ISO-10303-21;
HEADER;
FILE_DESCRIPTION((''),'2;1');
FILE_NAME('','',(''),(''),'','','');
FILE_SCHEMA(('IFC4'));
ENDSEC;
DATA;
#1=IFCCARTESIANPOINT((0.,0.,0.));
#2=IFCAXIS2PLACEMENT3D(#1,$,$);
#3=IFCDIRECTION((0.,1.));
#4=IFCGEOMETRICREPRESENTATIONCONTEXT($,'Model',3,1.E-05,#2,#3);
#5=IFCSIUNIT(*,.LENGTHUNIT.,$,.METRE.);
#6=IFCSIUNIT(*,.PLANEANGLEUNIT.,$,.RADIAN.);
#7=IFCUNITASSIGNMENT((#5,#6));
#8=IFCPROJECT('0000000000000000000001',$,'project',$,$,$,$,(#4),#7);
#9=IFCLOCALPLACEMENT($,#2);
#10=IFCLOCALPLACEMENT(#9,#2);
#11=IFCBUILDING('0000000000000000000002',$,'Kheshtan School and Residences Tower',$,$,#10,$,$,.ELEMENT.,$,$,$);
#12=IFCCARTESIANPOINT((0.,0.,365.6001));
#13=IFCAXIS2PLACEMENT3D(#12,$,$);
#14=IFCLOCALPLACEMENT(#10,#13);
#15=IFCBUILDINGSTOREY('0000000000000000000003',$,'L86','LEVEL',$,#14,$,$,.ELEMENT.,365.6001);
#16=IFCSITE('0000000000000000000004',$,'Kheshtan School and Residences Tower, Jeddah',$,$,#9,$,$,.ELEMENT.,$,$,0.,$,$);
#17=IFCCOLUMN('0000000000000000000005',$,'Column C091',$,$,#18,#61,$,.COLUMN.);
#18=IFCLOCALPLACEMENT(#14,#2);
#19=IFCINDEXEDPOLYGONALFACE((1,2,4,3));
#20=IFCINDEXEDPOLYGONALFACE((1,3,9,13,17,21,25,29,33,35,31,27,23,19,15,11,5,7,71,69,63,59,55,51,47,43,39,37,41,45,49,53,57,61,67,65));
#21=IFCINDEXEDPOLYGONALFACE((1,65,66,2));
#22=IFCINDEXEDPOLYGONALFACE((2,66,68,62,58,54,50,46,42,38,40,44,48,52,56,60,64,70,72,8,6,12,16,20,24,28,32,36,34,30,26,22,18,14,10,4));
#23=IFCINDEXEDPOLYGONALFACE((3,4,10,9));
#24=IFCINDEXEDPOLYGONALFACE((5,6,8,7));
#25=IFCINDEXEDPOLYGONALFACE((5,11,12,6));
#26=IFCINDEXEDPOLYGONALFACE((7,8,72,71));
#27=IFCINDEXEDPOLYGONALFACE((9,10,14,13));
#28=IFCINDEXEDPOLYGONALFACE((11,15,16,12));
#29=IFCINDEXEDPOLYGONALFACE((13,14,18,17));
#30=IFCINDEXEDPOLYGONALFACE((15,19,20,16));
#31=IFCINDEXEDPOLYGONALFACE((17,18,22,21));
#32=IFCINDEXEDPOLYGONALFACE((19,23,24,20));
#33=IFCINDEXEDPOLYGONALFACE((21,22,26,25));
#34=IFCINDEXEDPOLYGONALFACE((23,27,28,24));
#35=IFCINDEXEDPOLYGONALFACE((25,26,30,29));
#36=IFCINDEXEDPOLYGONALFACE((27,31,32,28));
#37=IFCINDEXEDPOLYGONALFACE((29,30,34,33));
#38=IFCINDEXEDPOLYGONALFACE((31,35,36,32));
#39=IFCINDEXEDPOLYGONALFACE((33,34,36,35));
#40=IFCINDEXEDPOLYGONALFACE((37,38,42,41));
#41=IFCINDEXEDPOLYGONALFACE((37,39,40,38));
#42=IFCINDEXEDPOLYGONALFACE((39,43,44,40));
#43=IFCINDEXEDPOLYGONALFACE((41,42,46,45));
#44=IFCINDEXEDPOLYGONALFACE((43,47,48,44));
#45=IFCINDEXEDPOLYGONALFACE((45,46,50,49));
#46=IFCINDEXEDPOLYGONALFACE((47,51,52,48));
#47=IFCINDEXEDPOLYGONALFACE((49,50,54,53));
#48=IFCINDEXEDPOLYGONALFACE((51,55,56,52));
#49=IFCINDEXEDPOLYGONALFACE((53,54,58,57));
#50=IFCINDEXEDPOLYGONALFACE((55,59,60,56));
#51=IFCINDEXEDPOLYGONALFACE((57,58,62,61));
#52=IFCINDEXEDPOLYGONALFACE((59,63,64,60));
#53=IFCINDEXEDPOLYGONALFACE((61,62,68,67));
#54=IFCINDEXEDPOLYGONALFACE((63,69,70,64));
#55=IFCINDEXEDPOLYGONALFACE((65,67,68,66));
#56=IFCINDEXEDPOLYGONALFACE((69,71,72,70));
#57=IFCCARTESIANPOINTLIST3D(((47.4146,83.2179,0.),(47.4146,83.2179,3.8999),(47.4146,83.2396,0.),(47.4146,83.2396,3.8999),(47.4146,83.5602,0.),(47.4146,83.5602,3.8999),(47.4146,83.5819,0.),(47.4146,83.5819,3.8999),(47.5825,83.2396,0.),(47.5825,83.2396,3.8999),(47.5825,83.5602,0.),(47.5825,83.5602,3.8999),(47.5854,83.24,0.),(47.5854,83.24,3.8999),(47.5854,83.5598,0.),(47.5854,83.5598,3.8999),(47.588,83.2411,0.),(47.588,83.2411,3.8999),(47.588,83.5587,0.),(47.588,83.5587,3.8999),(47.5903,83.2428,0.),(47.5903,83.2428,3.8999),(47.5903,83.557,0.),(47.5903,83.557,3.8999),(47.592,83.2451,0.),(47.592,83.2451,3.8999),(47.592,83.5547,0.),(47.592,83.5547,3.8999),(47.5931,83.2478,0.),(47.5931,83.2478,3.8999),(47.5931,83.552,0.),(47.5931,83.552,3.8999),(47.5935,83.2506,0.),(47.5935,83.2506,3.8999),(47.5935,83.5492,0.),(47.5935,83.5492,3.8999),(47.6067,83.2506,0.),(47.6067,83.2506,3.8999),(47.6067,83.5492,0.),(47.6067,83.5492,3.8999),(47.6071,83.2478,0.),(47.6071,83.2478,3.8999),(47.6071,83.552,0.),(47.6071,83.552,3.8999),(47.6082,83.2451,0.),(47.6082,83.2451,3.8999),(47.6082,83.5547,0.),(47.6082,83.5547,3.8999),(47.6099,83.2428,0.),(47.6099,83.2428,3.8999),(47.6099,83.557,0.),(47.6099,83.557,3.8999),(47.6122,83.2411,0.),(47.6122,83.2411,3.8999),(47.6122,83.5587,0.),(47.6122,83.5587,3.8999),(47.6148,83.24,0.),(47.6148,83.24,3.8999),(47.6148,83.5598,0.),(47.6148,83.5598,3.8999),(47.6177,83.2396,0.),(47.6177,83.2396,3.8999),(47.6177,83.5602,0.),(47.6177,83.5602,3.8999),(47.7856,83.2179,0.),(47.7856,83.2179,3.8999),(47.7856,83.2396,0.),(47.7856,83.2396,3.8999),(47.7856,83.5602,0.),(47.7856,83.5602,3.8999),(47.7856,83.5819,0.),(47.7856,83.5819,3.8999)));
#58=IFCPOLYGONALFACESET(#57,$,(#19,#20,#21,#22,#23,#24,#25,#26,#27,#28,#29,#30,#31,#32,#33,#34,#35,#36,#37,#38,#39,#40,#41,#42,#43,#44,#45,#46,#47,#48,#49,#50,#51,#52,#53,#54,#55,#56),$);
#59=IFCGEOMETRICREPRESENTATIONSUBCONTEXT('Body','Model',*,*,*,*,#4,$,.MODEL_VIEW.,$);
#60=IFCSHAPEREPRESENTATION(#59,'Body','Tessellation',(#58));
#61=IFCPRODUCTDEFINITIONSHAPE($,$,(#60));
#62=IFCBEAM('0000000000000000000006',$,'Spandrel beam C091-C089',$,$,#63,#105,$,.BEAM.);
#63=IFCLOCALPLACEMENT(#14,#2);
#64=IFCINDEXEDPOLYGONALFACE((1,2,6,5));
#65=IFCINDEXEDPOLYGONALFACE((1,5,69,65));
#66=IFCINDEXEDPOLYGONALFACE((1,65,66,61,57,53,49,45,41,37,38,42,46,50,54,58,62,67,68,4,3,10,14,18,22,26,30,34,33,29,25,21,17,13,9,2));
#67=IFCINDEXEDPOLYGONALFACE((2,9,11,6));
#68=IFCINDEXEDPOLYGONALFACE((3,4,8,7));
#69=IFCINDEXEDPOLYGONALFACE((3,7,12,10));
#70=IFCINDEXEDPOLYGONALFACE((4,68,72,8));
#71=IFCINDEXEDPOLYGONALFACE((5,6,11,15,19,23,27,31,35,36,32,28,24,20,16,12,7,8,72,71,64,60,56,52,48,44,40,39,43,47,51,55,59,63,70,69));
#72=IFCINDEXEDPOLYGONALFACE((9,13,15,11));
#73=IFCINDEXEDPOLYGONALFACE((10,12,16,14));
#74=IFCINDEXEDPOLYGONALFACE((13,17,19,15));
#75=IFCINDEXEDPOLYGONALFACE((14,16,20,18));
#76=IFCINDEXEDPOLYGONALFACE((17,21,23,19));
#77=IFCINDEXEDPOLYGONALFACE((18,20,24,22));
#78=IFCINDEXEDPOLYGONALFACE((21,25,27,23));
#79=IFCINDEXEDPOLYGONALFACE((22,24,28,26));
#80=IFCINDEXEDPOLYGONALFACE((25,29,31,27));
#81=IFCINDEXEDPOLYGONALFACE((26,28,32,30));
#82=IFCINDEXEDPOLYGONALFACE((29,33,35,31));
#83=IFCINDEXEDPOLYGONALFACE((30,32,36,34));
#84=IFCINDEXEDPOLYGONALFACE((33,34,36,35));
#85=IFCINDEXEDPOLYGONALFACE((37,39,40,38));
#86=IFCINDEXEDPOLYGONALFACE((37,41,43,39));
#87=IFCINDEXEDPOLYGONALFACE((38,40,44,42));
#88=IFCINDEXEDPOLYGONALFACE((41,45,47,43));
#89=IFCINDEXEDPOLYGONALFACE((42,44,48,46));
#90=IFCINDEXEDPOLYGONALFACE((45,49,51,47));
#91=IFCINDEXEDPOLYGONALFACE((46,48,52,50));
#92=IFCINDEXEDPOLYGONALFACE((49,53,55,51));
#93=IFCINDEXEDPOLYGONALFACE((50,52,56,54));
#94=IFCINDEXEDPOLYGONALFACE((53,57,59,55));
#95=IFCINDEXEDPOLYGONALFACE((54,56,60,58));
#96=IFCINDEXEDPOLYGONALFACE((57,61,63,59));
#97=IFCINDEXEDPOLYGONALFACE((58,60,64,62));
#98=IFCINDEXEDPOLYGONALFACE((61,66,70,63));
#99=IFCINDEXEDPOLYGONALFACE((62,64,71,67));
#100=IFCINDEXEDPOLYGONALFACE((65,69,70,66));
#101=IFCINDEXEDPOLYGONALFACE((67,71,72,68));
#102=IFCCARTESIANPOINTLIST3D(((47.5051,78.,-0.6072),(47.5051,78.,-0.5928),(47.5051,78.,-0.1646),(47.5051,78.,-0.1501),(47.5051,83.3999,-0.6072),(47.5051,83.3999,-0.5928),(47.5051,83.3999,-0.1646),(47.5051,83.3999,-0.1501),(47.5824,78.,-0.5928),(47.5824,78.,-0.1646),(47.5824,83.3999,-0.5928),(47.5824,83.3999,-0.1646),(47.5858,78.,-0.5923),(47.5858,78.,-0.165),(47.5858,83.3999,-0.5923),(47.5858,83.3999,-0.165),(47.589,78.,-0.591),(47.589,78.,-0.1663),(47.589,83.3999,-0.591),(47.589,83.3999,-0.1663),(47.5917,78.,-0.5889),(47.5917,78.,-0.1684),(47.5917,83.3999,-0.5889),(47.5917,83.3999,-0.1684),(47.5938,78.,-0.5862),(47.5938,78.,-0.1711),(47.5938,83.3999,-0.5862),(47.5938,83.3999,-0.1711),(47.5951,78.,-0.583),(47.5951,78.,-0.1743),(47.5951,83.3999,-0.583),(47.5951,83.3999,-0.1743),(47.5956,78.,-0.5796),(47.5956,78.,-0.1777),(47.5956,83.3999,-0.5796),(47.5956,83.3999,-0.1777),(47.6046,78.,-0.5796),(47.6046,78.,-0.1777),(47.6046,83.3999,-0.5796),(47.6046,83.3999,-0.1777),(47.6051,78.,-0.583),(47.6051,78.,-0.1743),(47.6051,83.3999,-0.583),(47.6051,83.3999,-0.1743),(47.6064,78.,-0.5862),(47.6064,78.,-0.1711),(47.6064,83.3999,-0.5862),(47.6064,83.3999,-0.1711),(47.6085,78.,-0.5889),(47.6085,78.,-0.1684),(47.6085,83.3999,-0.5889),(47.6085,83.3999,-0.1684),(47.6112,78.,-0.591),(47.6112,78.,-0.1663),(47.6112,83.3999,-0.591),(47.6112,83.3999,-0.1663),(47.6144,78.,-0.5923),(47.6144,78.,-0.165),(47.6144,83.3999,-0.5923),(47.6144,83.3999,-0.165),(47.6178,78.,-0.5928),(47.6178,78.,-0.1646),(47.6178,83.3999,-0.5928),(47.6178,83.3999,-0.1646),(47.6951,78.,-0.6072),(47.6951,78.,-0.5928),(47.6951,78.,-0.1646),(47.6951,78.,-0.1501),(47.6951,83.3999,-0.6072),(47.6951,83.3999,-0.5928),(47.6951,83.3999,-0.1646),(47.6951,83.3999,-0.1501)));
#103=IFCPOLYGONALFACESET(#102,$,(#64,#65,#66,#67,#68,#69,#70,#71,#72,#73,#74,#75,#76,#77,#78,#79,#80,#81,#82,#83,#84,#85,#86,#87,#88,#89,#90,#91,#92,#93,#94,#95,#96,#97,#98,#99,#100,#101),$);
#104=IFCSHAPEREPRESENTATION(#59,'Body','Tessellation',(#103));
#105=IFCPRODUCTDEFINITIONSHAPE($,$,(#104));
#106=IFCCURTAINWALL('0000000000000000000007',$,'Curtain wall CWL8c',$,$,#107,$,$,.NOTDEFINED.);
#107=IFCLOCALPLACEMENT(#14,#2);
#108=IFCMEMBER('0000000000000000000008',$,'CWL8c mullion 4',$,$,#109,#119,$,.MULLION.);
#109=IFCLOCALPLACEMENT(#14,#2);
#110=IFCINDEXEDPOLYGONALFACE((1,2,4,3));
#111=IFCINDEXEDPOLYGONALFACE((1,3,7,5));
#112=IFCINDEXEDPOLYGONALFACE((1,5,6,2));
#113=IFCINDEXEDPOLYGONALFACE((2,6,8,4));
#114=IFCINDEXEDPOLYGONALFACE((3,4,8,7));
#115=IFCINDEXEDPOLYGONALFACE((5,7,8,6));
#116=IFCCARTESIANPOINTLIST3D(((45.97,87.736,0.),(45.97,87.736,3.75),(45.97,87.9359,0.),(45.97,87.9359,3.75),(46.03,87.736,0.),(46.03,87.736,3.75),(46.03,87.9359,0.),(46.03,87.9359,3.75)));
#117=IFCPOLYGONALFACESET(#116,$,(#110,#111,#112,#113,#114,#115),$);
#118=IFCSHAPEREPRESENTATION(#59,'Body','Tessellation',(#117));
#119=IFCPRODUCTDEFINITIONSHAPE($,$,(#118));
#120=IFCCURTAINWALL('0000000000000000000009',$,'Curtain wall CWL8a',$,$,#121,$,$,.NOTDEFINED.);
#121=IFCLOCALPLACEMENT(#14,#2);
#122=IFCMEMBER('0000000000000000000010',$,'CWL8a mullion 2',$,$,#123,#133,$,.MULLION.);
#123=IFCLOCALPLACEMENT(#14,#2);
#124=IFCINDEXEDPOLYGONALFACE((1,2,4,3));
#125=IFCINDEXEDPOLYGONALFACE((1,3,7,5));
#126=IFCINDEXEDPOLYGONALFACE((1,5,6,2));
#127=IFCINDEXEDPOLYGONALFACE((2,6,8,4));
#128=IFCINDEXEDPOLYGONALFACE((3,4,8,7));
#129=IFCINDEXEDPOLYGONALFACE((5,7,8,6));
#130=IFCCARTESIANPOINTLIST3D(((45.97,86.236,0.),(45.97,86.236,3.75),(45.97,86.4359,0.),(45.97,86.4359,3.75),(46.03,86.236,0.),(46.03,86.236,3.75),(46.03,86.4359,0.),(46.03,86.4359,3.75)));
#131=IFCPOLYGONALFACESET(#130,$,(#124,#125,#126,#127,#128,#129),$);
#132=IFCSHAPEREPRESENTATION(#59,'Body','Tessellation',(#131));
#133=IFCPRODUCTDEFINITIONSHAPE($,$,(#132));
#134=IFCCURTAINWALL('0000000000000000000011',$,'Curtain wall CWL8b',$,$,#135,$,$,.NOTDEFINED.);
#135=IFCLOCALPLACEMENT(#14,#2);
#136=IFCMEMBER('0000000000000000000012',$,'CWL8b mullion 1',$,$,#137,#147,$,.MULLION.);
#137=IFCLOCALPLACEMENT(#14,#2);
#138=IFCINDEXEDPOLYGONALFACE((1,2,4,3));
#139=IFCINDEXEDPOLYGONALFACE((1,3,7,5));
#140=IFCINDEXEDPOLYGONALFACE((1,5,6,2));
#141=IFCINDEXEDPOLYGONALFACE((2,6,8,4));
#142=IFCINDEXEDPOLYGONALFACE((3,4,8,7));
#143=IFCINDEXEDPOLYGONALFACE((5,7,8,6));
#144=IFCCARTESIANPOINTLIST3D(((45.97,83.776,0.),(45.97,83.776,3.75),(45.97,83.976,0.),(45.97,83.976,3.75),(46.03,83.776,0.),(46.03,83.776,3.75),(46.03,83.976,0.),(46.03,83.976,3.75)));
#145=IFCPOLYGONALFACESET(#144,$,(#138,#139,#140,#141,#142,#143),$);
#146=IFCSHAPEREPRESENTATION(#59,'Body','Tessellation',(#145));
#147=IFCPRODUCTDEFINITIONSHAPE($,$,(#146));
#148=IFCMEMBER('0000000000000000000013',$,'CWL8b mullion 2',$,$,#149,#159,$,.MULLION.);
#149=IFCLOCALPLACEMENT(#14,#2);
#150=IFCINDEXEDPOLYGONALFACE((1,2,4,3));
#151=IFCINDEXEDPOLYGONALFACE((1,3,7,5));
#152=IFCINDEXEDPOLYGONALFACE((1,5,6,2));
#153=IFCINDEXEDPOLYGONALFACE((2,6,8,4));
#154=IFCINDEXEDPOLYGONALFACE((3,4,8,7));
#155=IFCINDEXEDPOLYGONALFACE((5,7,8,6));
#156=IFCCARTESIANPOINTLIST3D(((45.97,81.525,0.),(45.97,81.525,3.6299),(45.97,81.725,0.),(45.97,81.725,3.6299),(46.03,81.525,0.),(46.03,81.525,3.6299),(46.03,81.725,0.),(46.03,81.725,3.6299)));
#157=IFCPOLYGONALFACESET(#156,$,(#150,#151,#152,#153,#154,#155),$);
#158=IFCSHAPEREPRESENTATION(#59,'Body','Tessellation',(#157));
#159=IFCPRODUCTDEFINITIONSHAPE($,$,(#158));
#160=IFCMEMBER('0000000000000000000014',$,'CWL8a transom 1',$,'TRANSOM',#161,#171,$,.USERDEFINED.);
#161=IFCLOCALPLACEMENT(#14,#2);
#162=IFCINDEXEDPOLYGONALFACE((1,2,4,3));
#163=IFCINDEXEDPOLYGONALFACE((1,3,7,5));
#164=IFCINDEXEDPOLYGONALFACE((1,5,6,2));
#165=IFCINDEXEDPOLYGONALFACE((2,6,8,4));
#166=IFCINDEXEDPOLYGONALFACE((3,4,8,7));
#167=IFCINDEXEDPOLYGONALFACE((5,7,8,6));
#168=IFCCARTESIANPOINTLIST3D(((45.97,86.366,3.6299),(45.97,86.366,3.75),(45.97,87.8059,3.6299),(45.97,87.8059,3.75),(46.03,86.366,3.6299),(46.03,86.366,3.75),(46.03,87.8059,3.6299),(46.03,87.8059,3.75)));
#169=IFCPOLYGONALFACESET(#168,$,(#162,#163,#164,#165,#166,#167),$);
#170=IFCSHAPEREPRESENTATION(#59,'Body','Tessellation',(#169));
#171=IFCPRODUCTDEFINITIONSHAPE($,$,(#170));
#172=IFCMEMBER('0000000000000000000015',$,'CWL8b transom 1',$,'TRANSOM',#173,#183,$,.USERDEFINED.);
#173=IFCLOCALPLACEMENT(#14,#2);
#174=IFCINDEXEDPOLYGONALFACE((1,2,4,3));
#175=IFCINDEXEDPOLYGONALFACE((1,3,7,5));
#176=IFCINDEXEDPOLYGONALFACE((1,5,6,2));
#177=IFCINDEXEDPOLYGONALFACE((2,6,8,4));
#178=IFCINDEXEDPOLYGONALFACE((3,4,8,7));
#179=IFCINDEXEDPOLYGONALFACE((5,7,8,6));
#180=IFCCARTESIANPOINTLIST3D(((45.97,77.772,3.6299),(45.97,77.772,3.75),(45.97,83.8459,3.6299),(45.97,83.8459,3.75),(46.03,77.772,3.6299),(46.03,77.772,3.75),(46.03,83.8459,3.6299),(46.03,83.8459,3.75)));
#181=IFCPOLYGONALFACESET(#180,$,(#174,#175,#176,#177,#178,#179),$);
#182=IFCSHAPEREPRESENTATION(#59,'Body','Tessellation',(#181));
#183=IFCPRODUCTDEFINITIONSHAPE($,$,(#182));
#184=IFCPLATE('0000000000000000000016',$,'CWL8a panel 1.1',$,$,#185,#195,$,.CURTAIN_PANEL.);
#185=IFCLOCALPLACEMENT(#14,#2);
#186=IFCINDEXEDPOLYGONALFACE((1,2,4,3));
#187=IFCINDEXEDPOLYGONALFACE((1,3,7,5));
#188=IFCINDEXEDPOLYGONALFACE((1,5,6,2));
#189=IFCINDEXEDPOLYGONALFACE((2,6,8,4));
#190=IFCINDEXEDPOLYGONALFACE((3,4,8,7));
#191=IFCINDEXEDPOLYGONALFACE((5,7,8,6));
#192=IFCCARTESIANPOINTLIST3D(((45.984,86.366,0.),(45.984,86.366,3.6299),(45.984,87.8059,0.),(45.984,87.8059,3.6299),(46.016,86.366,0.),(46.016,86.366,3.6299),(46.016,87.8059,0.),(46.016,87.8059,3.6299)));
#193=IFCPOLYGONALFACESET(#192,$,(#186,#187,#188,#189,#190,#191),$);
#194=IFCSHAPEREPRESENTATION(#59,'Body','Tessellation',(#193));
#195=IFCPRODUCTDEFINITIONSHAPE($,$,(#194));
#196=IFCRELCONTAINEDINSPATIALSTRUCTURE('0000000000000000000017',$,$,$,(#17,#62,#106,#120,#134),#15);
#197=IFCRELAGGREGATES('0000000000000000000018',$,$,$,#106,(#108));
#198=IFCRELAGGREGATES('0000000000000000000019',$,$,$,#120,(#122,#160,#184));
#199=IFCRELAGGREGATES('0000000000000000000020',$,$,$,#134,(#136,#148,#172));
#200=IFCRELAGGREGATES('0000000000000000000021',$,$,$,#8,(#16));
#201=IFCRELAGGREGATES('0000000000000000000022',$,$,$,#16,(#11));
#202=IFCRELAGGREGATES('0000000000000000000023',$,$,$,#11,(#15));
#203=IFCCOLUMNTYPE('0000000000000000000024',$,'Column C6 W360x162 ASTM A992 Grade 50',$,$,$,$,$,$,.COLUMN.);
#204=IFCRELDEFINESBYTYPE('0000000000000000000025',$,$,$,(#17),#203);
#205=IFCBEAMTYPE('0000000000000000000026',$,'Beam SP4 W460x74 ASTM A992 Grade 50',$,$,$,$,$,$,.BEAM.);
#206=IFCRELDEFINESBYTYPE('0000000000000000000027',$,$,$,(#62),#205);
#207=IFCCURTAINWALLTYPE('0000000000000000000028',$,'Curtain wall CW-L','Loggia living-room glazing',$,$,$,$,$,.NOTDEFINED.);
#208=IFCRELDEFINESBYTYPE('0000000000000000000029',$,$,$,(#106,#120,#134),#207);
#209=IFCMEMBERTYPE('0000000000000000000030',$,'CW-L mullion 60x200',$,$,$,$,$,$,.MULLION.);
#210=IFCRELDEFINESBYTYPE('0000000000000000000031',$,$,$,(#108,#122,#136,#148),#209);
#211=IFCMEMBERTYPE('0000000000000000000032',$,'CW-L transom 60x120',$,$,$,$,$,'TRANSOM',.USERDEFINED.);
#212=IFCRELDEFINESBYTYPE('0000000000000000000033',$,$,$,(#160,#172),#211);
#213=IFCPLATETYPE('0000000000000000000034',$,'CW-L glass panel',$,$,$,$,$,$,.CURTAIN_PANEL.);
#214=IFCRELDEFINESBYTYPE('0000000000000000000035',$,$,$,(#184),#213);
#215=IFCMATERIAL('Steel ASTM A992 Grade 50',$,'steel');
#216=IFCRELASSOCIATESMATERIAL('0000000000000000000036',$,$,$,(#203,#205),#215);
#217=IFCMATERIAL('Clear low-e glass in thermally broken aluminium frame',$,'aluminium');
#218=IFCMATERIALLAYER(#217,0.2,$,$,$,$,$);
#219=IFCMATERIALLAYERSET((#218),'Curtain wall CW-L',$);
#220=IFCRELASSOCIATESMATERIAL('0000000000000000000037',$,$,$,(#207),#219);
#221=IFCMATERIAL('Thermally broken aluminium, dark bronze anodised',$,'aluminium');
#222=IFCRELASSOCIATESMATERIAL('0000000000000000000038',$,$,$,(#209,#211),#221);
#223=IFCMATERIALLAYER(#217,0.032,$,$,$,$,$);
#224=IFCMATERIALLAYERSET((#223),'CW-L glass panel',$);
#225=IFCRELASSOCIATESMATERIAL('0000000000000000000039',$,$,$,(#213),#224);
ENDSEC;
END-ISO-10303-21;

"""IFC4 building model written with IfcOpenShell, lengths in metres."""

from ifc_helpers import new_model, si_unit, direction, frame, origin, origin_2d, place, context, subcontext, project, spatial, rectangle, i_section, extrude, material, layer, layer_set, material_profile, profile_set, type_object, element, aggregate, save


model = new_model("IFC4")

# Units and contexts
model_context = context("Model", 3, precision=1e-05, world=origin(), true_north=direction((0.0, 1.0)))
body_context = subcontext(model_context, "Body", "Model", "MODEL_VIEW")
ifc_project = project(units=[si_unit("LENGTHUNIT", "METRE"), si_unit("PLANEANGLEUNIT", "RADIAN")], contexts=[model_context])

# Site, building, storey
site_placement = place(None, origin())
site = spatial("IfcSite", under=ifc_project, at=site_placement, Name="Kheshtan School and Residences Tower, Jeddah", CompositionType="ELEMENT", RefElevation=0.0)
building_placement = place(site_placement, origin())
building = spatial("IfcBuilding", under=site, at=building_placement, Name="Kheshtan School and Residences Tower", CompositionType="ELEMENT")
storey_placement = place(building_placement, frame((0.0, 0.0, 365.6001)))
storey = spatial("IfcBuildingStorey", under=building, at=storey_placement, Name="L86", Description="LEVEL", CompositionType="ELEMENT", Elevation=365.6001)

# Column
ifc_material_1 = material(Name="Steel ASTM A992 Grade 50", Category="steel")
ifc_material_profile_1 = material_profile(ifc_material_1, i_section(OverallWidth=0.3711, OverallDepth=0.364, WebThickness=0.0132, FlangeThickness=0.0217, FilletRadius=0.011, at=origin_2d()), Name="W360x162")
ifc_profile_set_1 = profile_set([ifc_material_profile_1], Name="Steel ASTM A992 Grade 50")
column_type = type_object("IfcColumnType", Name="Column C6 W360x162 ASTM A992 Grade 50", PredefinedType="COLUMN", material=ifc_profile_set_1)
column_placement = place(storey_placement, frame((47.6001, 83.3999, 0.0), z_axis=(0.0, 0.0, 1.0), x_axis=(1.0, 0.0, 0.0)))
element("IfcColumn", 1, at=column_placement, inside=storey, type_object=column_type, Name="Column C091", PredefinedType="COLUMN", context=body_context, shape_type="SweptSolid", body=[
    extrude(i_section(OverallWidth=0.3711, OverallDepth=0.364, WebThickness=0.0132, FlangeThickness=0.0217, FilletRadius=0.011, at=origin_2d()), origin(), (0.0, 0.0, 1.0), 3.8999),
])

# Beam
ifc_material_profile_2 = material_profile(ifc_material_1, i_section(OverallWidth=0.1899, OverallDepth=0.457, WebThickness=0.009, FlangeThickness=0.0144, FilletRadius=0.0132, at=origin_2d()), Name="W460x74")
ifc_profile_set_2 = profile_set([ifc_material_profile_2], Name="Steel ASTM A992 Grade 50")
beam_type = type_object("IfcBeamType", Name="Beam SP4 W460x74 ASTM A992 Grade 50", PredefinedType="BEAM", material=ifc_profile_set_2)
beam_placement = place(storey_placement, frame((47.6001, 83.3999, -0.3787), z_axis=(0.0, -1.0, 0.0), x_axis=(1.0, 0.0, 0.0)))
element("IfcBeam", 2, at=beam_placement, inside=storey, type_object=beam_type, Name="Spandrel beam C091-C089", PredefinedType="BEAM", context=body_context, shape_type="SweptSolid", body=[
    extrude(i_section(OverallWidth=0.1899, OverallDepth=0.457, WebThickness=0.009, FlangeThickness=0.0144, FilletRadius=0.0132, at=origin_2d()), origin(), (0.0, 0.0, 1.0), 5.3999),
])

# Curtain walls, members
ifc_material_2 = material(Name="Clear low-e glass in thermally broken aluminium frame", Category="aluminium")
ifc_layer_1 = layer(ifc_material_2, 0.2)
ifc_layer_set_1 = layer_set([ifc_layer_1], Name="Curtain wall CW-L")
curtain_wall_type = type_object("IfcCurtainWallType", Name="Curtain wall CW-L", Description="Loggia living-room glazing", PredefinedType="NOTDEFINED", material=ifc_layer_set_1)
curtain_wall_1_placement = place(storey_placement, origin())
curtain_wall_1 = element("IfcCurtainWall", 3, at=curtain_wall_1_placement, inside=storey, type_object=curtain_wall_type, Name="Curtain wall CWL8c", PredefinedType="NOTDEFINED")
ifc_material_3 = material(Name="Thermally broken aluminium, dark bronze anodised", Category="aluminium")
ifc_material_profile_3 = material_profile(ifc_material_3, rectangle(XDim=0.0601, YDim=0.2, at=origin_2d()), Name="CW-L mullion 60x200")
ifc_profile_set_3 = profile_set([ifc_material_profile_3], Name="Thermally broken aluminium, dark bronze anodised")
member_type_1 = type_object("IfcMemberType", Name="CW-L mullion 60x200", PredefinedType="MULLION", material=ifc_profile_set_3)
member_1_placement = place(storey_placement, frame((46.0, 87.8359, 0.0), z_axis=(0.0, 0.0, 1.0), x_axis=(1.0, 0.0, 0.0)))
member_1 = element("IfcMember", 4, at=member_1_placement, type_object=member_type_1, Name="CWL8c mullion 4", PredefinedType="MULLION", context=body_context, shape_type="SweptSolid", body=[
    extrude(rectangle(XDim=0.0601, YDim=0.2, at=origin_2d()), origin(), (0.0, 0.0, 1.0), 3.75),
])
aggregate(curtain_wall_1, [member_1])
curtain_wall_2_placement = place(storey_placement, origin())
curtain_wall_2 = element("IfcCurtainWall", 5, at=curtain_wall_2_placement, inside=storey, type_object=curtain_wall_type, Name="Curtain wall CWL8a", PredefinedType="NOTDEFINED")
member_2_placement = place(storey_placement, frame((46.0, 86.3359, 0.0), z_axis=(0.0, 0.0, 1.0), x_axis=(1.0, 0.0, 0.0)))
member_2 = element("IfcMember", 6, at=member_2_placement, type_object=member_type_1, Name="CWL8a mullion 2", PredefinedType="MULLION", context=body_context, shape_type="SweptSolid", body=[
    extrude(rectangle(XDim=0.0601, YDim=0.2, at=origin_2d()), origin(), (0.0, 0.0, 1.0), 3.75),
])

# Curtain wall, members
curtain_wall_3_placement = place(storey_placement, origin())
curtain_wall_3 = element("IfcCurtainWall", 7, at=curtain_wall_3_placement, inside=storey, type_object=curtain_wall_type, Name="Curtain wall CWL8b", PredefinedType="NOTDEFINED")
member_3_placement = place(storey_placement, frame((46.0, 83.876, 0.0), z_axis=(0.0, 0.0, 1.0), x_axis=(1.0, 0.0, 0.0)))
member_3 = element("IfcMember", 8, at=member_3_placement, type_object=member_type_1, Name="CWL8b mullion 1", PredefinedType="MULLION", context=body_context, shape_type="SweptSolid", body=[
    extrude(rectangle(XDim=0.0601, YDim=0.2, at=origin_2d()), origin(), (0.0, 0.0, 1.0), 3.75),
])
member_4_placement = place(storey_placement, frame((46.0, 81.625, 0.0), z_axis=(0.0, 0.0, 1.0), x_axis=(1.0, 0.0, 0.0)))
member_4 = element("IfcMember", 9, at=member_4_placement, type_object=member_type_1, Name="CWL8b mullion 2", PredefinedType="MULLION", context=body_context, shape_type="SweptSolid", body=[
    extrude(rectangle(XDim=0.0601, YDim=0.2, at=origin_2d()), origin(), (0.0, 0.0, 1.0), 3.6299),
])

# Members
ifc_material_profile_4 = material_profile(ifc_material_3, rectangle(XDim=0.0601, YDim=0.1201, at=origin_2d()), Name="CW-L transom 60x120")
ifc_profile_set_4 = profile_set([ifc_material_profile_4], Name="Thermally broken aluminium, dark bronze anodised")
member_type_2 = type_object("IfcMemberType", Name="CW-L transom 60x120", ElementType="TRANSOM", PredefinedType="USERDEFINED", material=ifc_profile_set_4)
member_5_placement = place(storey_placement, frame((46.0, 87.8059, 3.6899), z_axis=(0.0, -1.0, 0.0), x_axis=(1.0, 0.0, 0.0)))
member_5 = element("IfcMember", 10, at=member_5_placement, type_object=member_type_2, Name="CWL8a transom 1", ObjectType="TRANSOM", PredefinedType="USERDEFINED", context=body_context, shape_type="SweptSolid", body=[
    extrude(rectangle(XDim=0.0601, YDim=0.1201, at=origin_2d()), origin(), (0.0, 0.0, 1.0), 1.4399),
])
member_6_placement = place(storey_placement, frame((46.0, 83.8459, 3.6899), z_axis=(0.0, -1.0, 0.0), x_axis=(1.0, 0.0, 0.0)))
member_6 = element("IfcMember", 11, at=member_6_placement, type_object=member_type_2, Name="CWL8b transom 1", ObjectType="TRANSOM", PredefinedType="USERDEFINED", context=body_context, shape_type="SweptSolid", body=[
    extrude(rectangle(XDim=0.0601, YDim=0.1201, at=origin_2d()), origin(), (0.0, 0.0, 1.0), 6.074),
])

# Plate
ifc_layer_2 = layer(ifc_material_2, 0.032)
ifc_layer_set_2 = layer_set([ifc_layer_2], Name="CW-L glass panel")
plate_type = type_object("IfcPlateType", Name="CW-L glass panel", PredefinedType="CURTAIN_PANEL", material=ifc_layer_set_2)
plate_1_placement = place(storey_placement, frame((46.0, 87.0859, 0.0), z_axis=(0.0, 0.0, 1.0), x_axis=(0.0, -1.0, 0.0)))
plate_1 = element("IfcPlate", 12, at=plate_1_placement, type_object=plate_type, Name="CWL8a panel 1.1", PredefinedType="CURTAIN_PANEL", context=body_context, shape_type="SweptSolid", body=[
    extrude(rectangle(XDim=1.4399, YDim=0.032, at=origin_2d()), origin(), (0.0, 0.0, 1.0), 3.6299),
])
aggregate(curtain_wall_2, [member_2, member_5, plate_1])
aggregate(curtain_wall_3, [member_3, member_4, member_6])

save(model, "model.ifc")
